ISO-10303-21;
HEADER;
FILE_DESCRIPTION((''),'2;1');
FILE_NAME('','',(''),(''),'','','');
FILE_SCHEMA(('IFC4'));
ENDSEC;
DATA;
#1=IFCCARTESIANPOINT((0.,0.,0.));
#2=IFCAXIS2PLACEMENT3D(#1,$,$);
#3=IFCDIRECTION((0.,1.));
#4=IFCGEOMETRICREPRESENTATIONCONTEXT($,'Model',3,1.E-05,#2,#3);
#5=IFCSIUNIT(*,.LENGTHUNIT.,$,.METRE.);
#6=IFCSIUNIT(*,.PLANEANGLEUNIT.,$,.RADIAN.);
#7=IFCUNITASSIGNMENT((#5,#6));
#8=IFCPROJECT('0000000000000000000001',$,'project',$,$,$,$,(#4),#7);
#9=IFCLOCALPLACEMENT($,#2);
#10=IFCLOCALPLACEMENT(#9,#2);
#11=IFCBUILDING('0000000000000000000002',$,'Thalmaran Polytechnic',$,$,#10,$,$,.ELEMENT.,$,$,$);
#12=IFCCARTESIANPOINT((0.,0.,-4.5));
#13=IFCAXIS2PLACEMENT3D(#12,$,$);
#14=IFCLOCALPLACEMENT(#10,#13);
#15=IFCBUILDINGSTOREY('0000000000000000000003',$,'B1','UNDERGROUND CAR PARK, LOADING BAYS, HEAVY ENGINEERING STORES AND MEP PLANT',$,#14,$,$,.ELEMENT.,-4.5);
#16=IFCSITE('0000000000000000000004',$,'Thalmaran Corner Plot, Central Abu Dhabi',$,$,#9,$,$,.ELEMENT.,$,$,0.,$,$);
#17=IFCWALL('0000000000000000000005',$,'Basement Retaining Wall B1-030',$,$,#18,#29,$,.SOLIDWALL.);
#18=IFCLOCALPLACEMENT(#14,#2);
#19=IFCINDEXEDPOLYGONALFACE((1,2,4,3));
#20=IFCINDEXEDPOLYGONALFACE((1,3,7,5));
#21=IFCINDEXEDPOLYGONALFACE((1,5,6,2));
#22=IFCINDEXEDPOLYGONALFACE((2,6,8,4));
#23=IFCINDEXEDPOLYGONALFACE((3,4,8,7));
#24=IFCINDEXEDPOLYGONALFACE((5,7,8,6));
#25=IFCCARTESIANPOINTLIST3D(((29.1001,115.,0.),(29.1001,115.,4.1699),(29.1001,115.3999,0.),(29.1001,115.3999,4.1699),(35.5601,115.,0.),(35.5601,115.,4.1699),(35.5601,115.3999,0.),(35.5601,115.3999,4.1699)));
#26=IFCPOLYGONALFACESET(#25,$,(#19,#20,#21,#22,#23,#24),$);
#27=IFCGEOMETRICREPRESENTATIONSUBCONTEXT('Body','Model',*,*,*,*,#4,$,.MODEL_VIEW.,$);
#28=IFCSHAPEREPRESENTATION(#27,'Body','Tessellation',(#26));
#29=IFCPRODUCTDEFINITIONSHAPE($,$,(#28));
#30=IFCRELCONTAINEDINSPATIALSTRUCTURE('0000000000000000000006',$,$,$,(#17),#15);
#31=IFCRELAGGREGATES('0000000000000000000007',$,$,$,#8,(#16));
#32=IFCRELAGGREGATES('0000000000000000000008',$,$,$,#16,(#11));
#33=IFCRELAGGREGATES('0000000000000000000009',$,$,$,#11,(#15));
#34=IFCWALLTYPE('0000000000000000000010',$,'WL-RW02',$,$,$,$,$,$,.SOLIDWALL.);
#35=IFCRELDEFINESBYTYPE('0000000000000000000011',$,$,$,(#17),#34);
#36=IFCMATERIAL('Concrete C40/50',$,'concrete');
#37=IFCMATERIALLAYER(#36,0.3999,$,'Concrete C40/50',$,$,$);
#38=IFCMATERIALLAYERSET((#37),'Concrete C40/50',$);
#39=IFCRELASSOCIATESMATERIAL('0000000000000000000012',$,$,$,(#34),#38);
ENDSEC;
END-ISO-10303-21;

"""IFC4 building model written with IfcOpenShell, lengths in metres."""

from ifc_helpers import new_model, si_unit, direction, frame, frame_2d, origin, place, context, subcontext, project, spatial, rectangle, extrude, material, layer, layer_set, type_object, element, save


model = new_model("IFC4")

# Units and contexts
model_context = context("Model", 3, precision=1e-05, world=origin(), true_north=direction((0.0, 1.0)))
body_context = subcontext(model_context, "Body", "Model", "MODEL_VIEW")
ifc_project = project(units=[si_unit("LENGTHUNIT", "METRE"), si_unit("PLANEANGLEUNIT", "RADIAN")], contexts=[model_context])

# Site, building, storey
site_placement = place(None, origin())
site = spatial("IfcSite", under=ifc_project, at=site_placement, Name="Thalmaran Corner Plot, Central Abu Dhabi", CompositionType="ELEMENT", RefElevation=0.0)
building_placement = place(site_placement, origin())
building = spatial("IfcBuilding", under=site, at=building_placement, Name="Thalmaran Polytechnic", CompositionType="ELEMENT")
storey_placement = place(building_placement, frame((0.0, 0.0, -4.5)))
storey = spatial("IfcBuildingStorey", under=building, at=storey_placement, Name="B1", Description="UNDERGROUND CAR PARK, LOADING BAYS, HEAVY ENGINEERING STORES AND MEP PLANT", CompositionType="ELEMENT", Elevation=-4.5)

# Shared definitions
ifc_material_1 = material(Name="Concrete C40/50", Category="concrete")

# Wall
ifc_layer = layer(ifc_material_1, 0.3999, Name="Concrete C40/50")
ifc_layer_set = layer_set([ifc_layer], Name="Concrete C40/50")
wall_type = type_object("IfcWallType", Name="WL-RW02", PredefinedType="SOLIDWALL", material=ifc_layer_set)
wall_placement = place(storey_placement, frame((29.1001, 115.2, 0.0), z_axis=(0.0, 0.0, 1.0), x_axis=(1.0, 0.0, 0.0)))
element("IfcWall", 1, at=wall_placement, inside=storey, type_object=wall_type, Name="Basement Retaining Wall B1-030", PredefinedType="SOLIDWALL", context=body_context, shape_type="SweptSolid", body=[
    extrude(rectangle(XDim=6.46, YDim=0.3999, at=frame_2d((3.23, 0.0))), origin(), (0.0, 0.0, 1.0), 4.1699),
])

save(model, "model.ifc")
